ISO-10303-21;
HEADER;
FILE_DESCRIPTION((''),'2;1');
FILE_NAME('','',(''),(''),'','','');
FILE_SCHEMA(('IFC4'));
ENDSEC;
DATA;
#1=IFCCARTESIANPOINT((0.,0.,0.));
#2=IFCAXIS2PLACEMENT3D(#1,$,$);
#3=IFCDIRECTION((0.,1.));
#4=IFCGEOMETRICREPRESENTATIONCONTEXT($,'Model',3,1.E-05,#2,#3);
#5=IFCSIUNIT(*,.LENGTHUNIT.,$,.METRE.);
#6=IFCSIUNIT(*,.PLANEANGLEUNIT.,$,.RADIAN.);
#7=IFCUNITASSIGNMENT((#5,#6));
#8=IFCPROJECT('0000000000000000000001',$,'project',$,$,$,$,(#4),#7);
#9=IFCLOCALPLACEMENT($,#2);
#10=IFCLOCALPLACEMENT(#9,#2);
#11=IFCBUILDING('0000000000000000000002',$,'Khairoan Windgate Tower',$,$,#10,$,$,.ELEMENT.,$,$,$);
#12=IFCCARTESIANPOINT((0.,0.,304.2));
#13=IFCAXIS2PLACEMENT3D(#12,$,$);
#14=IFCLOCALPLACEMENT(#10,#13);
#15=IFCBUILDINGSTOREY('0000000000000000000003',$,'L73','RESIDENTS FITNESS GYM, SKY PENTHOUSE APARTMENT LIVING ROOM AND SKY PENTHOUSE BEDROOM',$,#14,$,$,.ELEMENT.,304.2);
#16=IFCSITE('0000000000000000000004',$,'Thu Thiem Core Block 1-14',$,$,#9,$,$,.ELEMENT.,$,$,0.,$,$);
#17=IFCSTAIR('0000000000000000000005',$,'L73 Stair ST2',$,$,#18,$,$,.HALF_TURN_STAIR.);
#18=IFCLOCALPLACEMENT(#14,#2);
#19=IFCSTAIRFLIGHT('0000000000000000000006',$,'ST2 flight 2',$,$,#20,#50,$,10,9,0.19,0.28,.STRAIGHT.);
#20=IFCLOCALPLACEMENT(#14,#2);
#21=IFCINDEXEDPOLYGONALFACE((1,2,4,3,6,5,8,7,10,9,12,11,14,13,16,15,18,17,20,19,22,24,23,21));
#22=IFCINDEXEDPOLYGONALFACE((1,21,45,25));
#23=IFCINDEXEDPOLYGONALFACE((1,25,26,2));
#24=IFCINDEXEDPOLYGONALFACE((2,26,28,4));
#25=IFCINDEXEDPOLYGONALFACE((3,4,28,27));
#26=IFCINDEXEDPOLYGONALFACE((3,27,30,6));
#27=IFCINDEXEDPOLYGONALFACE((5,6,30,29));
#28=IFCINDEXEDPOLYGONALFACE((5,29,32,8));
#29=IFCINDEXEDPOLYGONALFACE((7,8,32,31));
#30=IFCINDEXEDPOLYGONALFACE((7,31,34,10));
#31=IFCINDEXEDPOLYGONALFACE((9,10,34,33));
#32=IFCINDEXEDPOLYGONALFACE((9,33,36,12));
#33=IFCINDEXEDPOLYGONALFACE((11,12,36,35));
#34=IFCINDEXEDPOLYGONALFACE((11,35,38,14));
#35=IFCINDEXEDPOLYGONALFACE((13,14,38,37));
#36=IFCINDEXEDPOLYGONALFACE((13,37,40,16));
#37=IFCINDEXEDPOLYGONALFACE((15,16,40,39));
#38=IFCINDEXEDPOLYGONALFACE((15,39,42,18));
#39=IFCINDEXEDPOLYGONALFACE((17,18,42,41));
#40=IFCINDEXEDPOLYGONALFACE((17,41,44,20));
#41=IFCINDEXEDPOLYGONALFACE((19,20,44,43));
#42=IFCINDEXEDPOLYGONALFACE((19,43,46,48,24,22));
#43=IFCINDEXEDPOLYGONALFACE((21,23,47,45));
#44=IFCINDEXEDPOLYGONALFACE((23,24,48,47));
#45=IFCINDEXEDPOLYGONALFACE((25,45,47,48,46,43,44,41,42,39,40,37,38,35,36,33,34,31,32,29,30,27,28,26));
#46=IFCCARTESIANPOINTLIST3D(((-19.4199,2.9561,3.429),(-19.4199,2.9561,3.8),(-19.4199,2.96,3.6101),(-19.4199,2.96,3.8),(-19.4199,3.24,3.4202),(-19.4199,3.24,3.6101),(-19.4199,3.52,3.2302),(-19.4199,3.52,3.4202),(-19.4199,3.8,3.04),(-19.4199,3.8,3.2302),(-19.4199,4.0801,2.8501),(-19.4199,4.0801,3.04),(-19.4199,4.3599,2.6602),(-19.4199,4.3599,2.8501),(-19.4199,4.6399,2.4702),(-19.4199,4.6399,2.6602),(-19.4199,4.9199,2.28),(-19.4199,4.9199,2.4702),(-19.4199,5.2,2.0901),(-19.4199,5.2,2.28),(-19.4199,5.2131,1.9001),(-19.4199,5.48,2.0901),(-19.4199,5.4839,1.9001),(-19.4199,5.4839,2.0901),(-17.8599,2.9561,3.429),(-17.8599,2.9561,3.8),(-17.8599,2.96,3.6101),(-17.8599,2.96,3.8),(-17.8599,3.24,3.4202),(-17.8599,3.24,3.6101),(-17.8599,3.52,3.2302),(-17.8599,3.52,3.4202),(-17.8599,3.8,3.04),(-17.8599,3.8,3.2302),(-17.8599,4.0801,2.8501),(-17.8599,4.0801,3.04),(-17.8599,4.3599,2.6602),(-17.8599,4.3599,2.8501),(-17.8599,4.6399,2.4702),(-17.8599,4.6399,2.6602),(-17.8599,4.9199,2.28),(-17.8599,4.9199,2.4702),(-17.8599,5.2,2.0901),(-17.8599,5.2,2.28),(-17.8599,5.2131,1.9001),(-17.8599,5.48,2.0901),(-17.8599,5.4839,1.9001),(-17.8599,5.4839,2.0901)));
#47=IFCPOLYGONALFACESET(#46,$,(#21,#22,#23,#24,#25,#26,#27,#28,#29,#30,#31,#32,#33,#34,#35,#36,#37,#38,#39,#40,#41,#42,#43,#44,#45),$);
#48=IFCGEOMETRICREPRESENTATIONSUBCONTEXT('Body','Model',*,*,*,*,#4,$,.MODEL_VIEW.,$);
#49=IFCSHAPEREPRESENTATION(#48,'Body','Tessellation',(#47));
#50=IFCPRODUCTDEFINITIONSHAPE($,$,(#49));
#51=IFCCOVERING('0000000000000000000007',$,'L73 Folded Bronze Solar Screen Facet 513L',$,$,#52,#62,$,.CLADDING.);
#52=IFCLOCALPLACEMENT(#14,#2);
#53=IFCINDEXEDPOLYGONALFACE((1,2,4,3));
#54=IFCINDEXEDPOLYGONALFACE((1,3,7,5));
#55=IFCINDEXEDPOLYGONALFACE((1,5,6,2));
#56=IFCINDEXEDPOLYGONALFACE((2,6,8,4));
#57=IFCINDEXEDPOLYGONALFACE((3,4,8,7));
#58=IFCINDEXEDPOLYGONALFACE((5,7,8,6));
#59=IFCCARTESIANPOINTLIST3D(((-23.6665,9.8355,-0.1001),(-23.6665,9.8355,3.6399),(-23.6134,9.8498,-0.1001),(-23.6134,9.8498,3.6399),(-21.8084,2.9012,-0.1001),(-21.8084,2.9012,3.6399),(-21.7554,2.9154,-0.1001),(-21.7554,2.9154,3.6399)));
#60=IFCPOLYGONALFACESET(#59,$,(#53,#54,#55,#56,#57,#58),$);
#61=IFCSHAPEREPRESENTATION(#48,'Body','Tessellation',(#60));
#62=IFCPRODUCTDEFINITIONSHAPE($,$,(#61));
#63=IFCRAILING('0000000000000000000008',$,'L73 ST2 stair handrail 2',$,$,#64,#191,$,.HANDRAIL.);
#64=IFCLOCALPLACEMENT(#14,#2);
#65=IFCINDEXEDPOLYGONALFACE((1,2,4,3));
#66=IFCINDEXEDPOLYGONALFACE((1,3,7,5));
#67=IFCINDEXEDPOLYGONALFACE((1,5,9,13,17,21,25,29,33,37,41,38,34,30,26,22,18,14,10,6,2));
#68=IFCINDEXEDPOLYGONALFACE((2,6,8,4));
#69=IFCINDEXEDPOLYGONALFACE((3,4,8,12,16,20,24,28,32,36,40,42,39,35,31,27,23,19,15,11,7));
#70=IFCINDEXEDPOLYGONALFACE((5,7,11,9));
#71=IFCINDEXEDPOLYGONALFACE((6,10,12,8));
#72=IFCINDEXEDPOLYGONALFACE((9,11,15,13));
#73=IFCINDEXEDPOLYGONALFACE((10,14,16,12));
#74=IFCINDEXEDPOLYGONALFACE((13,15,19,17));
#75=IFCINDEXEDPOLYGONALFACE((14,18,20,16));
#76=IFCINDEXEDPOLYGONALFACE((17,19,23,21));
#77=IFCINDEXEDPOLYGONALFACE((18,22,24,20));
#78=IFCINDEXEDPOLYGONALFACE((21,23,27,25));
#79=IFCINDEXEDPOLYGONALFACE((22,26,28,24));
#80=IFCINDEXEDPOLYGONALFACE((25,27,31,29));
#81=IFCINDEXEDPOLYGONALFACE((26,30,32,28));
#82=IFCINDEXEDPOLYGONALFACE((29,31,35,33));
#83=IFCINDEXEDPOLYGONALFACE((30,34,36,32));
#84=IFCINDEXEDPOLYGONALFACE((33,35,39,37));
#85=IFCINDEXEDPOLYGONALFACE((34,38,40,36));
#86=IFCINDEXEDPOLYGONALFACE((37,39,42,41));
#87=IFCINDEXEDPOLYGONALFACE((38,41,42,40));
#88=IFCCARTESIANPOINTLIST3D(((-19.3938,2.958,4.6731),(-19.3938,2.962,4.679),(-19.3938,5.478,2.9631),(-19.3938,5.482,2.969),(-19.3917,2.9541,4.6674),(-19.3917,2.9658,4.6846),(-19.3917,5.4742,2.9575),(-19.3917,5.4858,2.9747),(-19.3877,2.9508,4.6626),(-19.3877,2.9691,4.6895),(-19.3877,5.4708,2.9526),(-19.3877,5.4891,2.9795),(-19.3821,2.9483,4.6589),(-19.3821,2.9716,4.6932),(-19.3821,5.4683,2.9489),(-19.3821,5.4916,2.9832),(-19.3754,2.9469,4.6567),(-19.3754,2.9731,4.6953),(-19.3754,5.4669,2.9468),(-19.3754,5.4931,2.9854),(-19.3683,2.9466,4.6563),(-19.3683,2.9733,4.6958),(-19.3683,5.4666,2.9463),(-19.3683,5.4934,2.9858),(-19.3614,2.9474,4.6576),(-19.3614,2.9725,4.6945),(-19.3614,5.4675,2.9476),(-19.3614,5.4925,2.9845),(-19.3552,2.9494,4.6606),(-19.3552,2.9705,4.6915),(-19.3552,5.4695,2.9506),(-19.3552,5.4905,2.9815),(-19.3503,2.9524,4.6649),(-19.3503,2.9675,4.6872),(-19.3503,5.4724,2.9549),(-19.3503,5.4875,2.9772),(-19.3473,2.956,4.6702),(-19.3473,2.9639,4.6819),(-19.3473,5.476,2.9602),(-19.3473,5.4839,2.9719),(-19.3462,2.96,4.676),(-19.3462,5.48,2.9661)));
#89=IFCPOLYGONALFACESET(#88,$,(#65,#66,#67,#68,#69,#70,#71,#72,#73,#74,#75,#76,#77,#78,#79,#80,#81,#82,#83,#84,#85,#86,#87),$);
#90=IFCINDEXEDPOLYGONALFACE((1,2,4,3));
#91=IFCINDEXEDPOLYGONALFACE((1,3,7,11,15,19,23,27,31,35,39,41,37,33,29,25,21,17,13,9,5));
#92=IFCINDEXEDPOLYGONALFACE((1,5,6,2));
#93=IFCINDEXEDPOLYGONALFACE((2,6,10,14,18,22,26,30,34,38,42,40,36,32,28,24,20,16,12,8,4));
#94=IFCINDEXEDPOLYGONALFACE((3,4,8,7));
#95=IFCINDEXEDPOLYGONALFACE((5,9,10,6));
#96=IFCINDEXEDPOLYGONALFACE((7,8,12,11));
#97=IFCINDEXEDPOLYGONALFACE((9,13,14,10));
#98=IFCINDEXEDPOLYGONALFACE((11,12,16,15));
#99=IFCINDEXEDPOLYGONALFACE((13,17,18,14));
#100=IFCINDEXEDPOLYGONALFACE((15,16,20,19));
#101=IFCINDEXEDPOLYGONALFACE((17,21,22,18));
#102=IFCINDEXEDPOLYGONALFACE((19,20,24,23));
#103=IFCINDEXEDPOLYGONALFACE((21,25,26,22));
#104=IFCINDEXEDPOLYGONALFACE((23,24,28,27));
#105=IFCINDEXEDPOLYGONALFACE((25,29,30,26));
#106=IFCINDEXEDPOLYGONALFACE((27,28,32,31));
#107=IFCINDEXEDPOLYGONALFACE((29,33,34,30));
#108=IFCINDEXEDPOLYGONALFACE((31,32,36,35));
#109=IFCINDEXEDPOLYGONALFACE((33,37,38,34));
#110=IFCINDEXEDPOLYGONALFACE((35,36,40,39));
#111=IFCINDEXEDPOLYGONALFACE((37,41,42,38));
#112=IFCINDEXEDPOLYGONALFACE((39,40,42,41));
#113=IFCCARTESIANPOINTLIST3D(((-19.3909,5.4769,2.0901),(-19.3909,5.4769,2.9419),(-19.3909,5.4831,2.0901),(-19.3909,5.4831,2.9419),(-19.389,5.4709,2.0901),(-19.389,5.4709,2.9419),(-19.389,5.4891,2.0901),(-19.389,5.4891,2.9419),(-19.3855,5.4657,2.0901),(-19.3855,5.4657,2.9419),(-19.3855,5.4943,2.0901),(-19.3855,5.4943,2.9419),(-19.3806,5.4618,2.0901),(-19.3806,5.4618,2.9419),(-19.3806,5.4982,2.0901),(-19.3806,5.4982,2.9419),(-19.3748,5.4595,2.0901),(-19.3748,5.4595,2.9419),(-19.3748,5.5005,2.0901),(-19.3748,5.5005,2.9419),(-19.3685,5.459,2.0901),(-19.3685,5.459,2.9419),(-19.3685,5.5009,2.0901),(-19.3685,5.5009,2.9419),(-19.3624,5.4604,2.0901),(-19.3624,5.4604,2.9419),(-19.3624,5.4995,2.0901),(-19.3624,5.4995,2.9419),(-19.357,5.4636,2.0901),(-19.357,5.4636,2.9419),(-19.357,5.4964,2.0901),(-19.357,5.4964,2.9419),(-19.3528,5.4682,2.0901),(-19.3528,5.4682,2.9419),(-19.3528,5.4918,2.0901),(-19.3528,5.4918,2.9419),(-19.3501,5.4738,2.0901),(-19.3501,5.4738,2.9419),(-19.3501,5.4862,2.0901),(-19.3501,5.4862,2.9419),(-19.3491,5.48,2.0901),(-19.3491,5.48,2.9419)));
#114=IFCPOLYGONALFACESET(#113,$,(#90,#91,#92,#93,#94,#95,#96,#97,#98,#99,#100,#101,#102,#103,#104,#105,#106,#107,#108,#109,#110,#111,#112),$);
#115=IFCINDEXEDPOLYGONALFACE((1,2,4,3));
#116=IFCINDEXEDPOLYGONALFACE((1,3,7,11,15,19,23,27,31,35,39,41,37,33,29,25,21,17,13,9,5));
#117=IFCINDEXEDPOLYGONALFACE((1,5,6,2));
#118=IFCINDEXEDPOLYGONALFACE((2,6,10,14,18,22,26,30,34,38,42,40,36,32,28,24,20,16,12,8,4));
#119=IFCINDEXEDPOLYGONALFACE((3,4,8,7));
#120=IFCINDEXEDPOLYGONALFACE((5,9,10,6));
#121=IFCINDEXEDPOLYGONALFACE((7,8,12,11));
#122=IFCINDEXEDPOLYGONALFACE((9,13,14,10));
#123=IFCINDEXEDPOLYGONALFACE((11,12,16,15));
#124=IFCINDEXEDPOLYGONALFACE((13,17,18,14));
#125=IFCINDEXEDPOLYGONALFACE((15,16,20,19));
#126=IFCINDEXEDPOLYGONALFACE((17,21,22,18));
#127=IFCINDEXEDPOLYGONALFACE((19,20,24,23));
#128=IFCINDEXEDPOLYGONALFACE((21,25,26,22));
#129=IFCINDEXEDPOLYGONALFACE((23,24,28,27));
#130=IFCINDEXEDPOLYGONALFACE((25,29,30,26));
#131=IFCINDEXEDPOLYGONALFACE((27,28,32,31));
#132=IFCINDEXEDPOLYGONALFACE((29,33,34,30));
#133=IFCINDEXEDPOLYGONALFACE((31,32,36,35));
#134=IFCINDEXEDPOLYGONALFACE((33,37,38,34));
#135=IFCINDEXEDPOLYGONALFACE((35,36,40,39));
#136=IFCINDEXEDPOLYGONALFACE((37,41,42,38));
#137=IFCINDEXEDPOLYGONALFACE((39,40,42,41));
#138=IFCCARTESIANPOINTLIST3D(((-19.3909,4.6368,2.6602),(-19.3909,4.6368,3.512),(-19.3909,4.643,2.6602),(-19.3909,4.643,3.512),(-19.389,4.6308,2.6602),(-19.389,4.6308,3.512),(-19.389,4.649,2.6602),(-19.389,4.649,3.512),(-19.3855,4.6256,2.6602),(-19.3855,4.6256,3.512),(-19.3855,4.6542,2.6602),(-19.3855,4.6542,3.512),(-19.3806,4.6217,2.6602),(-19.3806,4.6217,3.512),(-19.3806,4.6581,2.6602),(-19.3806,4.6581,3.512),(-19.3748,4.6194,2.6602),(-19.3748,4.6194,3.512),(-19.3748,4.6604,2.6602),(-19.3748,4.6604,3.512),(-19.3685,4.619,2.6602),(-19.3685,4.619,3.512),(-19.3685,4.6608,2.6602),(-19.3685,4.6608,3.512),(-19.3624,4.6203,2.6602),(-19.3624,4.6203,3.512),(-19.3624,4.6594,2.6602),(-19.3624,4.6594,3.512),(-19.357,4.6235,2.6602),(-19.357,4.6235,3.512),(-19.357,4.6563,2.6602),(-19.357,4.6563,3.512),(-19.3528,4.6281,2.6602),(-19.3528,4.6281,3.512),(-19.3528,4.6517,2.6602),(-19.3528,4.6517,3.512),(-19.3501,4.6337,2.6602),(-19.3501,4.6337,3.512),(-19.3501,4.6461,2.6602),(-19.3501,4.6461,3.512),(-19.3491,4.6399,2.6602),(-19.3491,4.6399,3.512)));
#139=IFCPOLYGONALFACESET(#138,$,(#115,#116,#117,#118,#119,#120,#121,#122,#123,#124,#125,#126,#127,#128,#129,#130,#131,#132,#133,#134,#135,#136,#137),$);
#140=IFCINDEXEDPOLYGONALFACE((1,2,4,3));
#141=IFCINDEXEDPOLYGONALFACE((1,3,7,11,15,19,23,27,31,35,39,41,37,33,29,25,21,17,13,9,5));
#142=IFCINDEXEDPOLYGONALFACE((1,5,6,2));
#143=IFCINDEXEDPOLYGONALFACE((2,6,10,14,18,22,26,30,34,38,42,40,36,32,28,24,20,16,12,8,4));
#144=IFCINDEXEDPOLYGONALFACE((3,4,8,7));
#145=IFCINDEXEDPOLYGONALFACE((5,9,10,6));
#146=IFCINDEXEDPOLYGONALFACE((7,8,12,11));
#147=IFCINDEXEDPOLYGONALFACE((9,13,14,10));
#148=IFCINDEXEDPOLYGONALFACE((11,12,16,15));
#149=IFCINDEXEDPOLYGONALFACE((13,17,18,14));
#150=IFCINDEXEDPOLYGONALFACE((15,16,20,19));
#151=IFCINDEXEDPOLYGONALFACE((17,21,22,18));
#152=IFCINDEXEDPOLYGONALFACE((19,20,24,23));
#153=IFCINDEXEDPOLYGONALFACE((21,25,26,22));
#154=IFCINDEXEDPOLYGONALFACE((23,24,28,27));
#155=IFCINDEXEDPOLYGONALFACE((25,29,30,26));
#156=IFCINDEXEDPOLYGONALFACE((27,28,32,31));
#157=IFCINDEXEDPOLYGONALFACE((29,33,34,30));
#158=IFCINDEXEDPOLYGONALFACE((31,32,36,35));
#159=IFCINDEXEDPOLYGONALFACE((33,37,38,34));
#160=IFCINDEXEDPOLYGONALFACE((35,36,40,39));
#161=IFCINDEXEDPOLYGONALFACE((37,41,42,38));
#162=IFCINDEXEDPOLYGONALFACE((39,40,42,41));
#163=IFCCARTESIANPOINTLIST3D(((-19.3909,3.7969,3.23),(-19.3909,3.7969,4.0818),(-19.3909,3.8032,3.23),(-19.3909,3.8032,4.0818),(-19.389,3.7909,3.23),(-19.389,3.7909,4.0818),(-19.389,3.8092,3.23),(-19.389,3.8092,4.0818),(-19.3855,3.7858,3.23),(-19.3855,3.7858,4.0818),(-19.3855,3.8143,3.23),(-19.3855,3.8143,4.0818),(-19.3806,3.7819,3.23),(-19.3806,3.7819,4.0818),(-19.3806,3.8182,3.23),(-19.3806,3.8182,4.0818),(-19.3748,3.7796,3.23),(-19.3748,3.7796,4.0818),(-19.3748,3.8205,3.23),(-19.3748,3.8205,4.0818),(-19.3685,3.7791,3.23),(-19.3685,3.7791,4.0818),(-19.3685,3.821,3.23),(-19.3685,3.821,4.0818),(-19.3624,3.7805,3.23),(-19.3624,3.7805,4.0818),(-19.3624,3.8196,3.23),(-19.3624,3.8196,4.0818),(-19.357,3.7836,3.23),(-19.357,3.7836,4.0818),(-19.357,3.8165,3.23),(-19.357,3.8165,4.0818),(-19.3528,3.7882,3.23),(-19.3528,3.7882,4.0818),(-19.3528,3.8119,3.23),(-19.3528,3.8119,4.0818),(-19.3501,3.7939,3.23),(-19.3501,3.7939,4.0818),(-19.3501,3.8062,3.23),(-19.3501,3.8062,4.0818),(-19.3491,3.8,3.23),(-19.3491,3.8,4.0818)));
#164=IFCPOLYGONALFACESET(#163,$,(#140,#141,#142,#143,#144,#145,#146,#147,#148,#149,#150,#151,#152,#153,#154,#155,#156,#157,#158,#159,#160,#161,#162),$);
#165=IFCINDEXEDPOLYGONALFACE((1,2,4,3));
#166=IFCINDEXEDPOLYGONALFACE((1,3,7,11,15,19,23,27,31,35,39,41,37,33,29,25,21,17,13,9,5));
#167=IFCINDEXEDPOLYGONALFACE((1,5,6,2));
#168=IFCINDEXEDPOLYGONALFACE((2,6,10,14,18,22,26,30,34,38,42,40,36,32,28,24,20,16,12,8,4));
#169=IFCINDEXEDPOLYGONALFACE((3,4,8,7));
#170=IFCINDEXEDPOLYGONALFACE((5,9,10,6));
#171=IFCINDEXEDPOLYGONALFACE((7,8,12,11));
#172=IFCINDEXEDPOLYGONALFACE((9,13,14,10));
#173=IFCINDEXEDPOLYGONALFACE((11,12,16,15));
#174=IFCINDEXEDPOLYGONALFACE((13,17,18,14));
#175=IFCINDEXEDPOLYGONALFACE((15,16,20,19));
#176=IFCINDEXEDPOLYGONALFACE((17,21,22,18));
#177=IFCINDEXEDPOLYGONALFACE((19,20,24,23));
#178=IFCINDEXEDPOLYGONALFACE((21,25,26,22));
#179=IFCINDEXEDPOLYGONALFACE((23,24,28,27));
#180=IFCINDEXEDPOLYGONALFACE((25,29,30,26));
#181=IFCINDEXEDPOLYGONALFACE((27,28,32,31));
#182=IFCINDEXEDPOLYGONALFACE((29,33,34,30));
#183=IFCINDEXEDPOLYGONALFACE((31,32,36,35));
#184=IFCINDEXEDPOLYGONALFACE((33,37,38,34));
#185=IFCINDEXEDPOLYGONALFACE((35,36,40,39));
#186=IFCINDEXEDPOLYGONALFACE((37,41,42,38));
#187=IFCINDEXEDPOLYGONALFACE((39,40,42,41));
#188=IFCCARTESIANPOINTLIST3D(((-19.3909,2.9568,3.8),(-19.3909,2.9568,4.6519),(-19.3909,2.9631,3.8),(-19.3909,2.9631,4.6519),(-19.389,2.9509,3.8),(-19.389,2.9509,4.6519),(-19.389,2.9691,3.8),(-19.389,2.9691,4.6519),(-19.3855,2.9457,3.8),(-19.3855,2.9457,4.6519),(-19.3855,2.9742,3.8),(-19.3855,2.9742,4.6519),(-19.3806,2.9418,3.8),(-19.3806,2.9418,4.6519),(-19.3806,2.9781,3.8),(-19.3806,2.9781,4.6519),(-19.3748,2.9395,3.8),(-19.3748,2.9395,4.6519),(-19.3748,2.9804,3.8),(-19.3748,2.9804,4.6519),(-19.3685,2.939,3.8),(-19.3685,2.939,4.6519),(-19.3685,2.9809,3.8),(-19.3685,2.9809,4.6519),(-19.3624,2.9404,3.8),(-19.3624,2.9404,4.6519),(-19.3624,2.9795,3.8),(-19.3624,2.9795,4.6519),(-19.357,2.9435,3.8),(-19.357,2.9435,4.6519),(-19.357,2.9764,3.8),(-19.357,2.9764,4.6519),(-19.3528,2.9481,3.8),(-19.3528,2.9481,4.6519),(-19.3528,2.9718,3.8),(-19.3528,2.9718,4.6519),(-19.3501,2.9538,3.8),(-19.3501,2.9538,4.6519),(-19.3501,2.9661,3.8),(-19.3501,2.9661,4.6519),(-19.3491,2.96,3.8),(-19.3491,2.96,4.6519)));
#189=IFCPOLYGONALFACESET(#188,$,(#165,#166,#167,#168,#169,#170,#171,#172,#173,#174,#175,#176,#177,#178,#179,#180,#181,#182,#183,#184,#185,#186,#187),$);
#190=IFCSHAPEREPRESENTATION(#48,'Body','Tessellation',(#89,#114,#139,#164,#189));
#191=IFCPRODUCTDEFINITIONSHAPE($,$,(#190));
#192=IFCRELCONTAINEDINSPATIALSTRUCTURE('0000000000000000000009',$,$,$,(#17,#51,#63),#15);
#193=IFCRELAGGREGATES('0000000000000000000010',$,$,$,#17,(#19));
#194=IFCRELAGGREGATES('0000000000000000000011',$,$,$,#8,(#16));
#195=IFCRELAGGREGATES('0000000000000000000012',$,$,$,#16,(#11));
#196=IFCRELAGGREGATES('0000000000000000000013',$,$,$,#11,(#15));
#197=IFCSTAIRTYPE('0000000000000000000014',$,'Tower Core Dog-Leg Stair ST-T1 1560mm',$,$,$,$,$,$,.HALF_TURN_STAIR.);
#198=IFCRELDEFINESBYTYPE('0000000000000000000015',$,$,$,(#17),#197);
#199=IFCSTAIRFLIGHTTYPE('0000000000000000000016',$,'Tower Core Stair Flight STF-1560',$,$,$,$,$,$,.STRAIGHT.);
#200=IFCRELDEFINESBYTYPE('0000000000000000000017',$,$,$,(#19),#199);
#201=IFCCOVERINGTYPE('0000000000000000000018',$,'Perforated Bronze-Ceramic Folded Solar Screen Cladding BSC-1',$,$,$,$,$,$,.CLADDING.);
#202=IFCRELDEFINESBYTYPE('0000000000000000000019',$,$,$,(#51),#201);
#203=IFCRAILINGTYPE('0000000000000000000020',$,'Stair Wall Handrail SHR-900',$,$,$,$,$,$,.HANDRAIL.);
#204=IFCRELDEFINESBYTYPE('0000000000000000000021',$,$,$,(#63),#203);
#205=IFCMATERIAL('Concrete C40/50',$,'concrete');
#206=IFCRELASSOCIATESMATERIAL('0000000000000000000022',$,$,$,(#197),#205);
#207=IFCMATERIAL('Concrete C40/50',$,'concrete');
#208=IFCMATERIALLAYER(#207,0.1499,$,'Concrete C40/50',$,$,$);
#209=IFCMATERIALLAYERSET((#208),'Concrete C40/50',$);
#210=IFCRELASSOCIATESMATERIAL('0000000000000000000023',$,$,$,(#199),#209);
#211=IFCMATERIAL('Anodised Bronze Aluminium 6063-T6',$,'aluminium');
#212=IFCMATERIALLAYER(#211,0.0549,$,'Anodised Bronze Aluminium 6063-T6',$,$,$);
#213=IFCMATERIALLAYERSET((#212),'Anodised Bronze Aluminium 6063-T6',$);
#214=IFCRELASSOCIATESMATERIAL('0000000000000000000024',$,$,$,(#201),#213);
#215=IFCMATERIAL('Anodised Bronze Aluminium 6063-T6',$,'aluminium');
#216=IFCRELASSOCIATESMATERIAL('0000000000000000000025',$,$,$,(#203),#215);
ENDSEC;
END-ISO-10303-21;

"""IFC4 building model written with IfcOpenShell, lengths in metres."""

from ifc_helpers import new_model, si_unit, direction, frame, origin, origin_2d, place, context, subcontext, project, spatial, polyline, rectangle, circle, outline, extrude, material, layer, layer_set, type_object, element, aggregate, save


model = new_model("IFC4")

# Units and contexts
model_context = context("Model", 3, precision=1e-05, world=origin(), true_north=direction((0.0, 1.0)))
body_context = subcontext(model_context, "Body", "Model", "MODEL_VIEW")
ifc_project = project(units=[si_unit("LENGTHUNIT", "METRE"), si_unit("PLANEANGLEUNIT", "RADIAN")], contexts=[model_context])

# Site, building, storey
site_placement = place(None, origin())
site = spatial("IfcSite", under=ifc_project, at=site_placement, Name="Thu Thiem Core Block 1-14", CompositionType="ELEMENT", RefElevation=0.0)
building_placement = place(site_placement, origin())
building = spatial("IfcBuilding", under=site, at=building_placement, Name="Khairoan Windgate Tower", CompositionType="ELEMENT")
storey_placement = place(building_placement, frame((0.0, 0.0, 304.2)))
storey = spatial("IfcBuildingStorey", under=building, at=storey_placement, Name="L73", Description="RESIDENTS FITNESS GYM, SKY PENTHOUSE APARTMENT LIVING ROOM AND SKY PENTHOUSE BEDROOM", CompositionType="ELEMENT", Elevation=304.2)

# Stair, stair flight
ifc_material_1 = material(Name="Concrete C40/50", Category="concrete")
stair_type = type_object("IfcStairType", Name="Tower Core Dog-Leg Stair ST-T1 1560mm", PredefinedType="HALF_TURN_STAIR", material=ifc_material_1)
stair_placement = place(storey_placement, origin())
stair = element("IfcStair", 1, at=stair_placement, inside=storey, type_object=stair_type, Name="L73 Stair ST2", PredefinedType="HALF_TURN_STAIR")
ifc_material_2 = material(Name="Concrete C40/50", Category="concrete")
ifc_layer_1 = layer(ifc_material_2, 0.1499, Name="Concrete C40/50")
ifc_layer_set_1 = layer_set([ifc_layer_1], Name="Concrete C40/50")
stair_flight_type = type_object("IfcStairFlightType", Name="Tower Core Stair Flight STF-1560", PredefinedType="STRAIGHT", material=ifc_layer_set_1)
stair_flight_1_placement = place(storey_placement, frame((-18.6399, 5.48, 1.9001), z_axis=(0.0, 0.0, 1.0), x_axis=(0.0, -1.0, 0.0)))
stair_flight_1 = element("IfcStairFlight", 2, at=stair_flight_1_placement, type_object=stair_flight_type, Name="ST2 flight 2", NumberOfRisers=10, NumberOfTreads=9, PredefinedType="STRAIGHT", RiserHeight=0.19, TreadLength=0.28, context=body_context, shape_type="SweptSolid", body=[
    extrude(outline(polyline([(-0.0039, 0.0), (-0.0039, 0.1899), (0.0, 0.1899), (0.28, 0.1899), (0.28, 0.3799), (0.5601, 0.3799), (0.5601, 0.5701), (0.8401, 0.5701), (0.8401, 0.76), (1.1201, 0.76), (1.1201, 0.95), (1.3999, 0.95), (1.3999, 1.1399), (1.6799, 1.1399), (1.6799, 1.3301), (1.96, 1.3301), (1.96, 1.52), (2.24, 1.52), (2.24, 1.71), (2.52, 1.71), (2.52, 1.8999), (2.5239, 1.8999), (2.5239, 1.5288), (0.2668, 0.0), (-0.0039, 0.0)])), frame((0.0, 0.78, 0.0), z_axis=(0.0, -1.0, 0.0), x_axis=(1.0, 0.0, 0.0)), (0.0, 0.0, 1.0), 1.5601),
])
aggregate(stair, [stair_flight_1])

# Covering
ifc_material_3 = material(Name="Anodised Bronze Aluminium 6063-T6", Category="aluminium")
ifc_layer_2 = layer(ifc_material_3, 0.0549, Name="Anodised Bronze Aluminium 6063-T6")
ifc_layer_set_2 = layer_set([ifc_layer_2], Name="Anodised Bronze Aluminium 6063-T6")
covering_type = type_object("IfcCoveringType", Name="Perforated Bronze-Ceramic Folded Solar Screen Cladding BSC-1", PredefinedType="CLADDING", material=ifc_layer_set_2)
covering_placement = place(storey_placement, frame((-22.7109, 6.3755, -0.1001), z_axis=(0.0, 0.0, 1.0), x_axis=(-0.258819, 0.965926, 0.0)))
element("IfcCovering", 3, at=covering_placement, inside=storey, type_object=covering_type, Name="L73 Folded Bronze Solar Screen Facet 513L", PredefinedType="CLADDING", context=body_context, shape_type="SweptSolid", body=[
    extrude(rectangle(XDim=7.179, YDim=0.0549, at=origin_2d()), origin(), (0.0, 0.0, 1.0), 3.74),
])

# Railing
ifc_material_4 = material(Name="Anodised Bronze Aluminium 6063-T6", Category="aluminium")
railing_type_1 = type_object("IfcRailingType", Name="Stair Wall Handrail SHR-900", PredefinedType="HANDRAIL", material=ifc_material_4)
railing_1_placement = place(storey_placement, frame((-19.3701, 5.48, 2.0901)))
element("IfcRailing", 4, at=railing_1_placement, inside=storey, type_object=railing_type_1, Name="L73 ST2 stair handrail 2", PredefinedType="HANDRAIL", context=body_context, shape_type="SweptSolid", body=[
    extrude(circle(Radius=0.0239, at=origin_2d()), frame((0.0, 0.0, 0.876), z_axis=(0.0, -0.827484, 0.56149), x_axis=(1.0, 0.0, 0.0)), (0.0, 0.0, 1.0), 3.0454),
    extrude(circle(Radius=0.021, at=origin_2d()), origin(), (0.0, 0.0, 1.0), 0.8518),
    extrude(circle(Radius=0.021, at=origin_2d()), frame((0.0, -0.8401, 0.5701)), (0.0, 0.0, 1.0), 0.8518),
    extrude(circle(Radius=0.021, at=origin_2d()), frame((0.0, -1.6799, 1.1399)), (0.0, 0.0, 1.0), 0.8518),
    extrude(circle(Radius=0.021, at=origin_2d()), frame((0.0, -2.52, 1.71)), (0.0, 0.0, 1.0), 0.8518),
])

save(model, "model.ifc")
